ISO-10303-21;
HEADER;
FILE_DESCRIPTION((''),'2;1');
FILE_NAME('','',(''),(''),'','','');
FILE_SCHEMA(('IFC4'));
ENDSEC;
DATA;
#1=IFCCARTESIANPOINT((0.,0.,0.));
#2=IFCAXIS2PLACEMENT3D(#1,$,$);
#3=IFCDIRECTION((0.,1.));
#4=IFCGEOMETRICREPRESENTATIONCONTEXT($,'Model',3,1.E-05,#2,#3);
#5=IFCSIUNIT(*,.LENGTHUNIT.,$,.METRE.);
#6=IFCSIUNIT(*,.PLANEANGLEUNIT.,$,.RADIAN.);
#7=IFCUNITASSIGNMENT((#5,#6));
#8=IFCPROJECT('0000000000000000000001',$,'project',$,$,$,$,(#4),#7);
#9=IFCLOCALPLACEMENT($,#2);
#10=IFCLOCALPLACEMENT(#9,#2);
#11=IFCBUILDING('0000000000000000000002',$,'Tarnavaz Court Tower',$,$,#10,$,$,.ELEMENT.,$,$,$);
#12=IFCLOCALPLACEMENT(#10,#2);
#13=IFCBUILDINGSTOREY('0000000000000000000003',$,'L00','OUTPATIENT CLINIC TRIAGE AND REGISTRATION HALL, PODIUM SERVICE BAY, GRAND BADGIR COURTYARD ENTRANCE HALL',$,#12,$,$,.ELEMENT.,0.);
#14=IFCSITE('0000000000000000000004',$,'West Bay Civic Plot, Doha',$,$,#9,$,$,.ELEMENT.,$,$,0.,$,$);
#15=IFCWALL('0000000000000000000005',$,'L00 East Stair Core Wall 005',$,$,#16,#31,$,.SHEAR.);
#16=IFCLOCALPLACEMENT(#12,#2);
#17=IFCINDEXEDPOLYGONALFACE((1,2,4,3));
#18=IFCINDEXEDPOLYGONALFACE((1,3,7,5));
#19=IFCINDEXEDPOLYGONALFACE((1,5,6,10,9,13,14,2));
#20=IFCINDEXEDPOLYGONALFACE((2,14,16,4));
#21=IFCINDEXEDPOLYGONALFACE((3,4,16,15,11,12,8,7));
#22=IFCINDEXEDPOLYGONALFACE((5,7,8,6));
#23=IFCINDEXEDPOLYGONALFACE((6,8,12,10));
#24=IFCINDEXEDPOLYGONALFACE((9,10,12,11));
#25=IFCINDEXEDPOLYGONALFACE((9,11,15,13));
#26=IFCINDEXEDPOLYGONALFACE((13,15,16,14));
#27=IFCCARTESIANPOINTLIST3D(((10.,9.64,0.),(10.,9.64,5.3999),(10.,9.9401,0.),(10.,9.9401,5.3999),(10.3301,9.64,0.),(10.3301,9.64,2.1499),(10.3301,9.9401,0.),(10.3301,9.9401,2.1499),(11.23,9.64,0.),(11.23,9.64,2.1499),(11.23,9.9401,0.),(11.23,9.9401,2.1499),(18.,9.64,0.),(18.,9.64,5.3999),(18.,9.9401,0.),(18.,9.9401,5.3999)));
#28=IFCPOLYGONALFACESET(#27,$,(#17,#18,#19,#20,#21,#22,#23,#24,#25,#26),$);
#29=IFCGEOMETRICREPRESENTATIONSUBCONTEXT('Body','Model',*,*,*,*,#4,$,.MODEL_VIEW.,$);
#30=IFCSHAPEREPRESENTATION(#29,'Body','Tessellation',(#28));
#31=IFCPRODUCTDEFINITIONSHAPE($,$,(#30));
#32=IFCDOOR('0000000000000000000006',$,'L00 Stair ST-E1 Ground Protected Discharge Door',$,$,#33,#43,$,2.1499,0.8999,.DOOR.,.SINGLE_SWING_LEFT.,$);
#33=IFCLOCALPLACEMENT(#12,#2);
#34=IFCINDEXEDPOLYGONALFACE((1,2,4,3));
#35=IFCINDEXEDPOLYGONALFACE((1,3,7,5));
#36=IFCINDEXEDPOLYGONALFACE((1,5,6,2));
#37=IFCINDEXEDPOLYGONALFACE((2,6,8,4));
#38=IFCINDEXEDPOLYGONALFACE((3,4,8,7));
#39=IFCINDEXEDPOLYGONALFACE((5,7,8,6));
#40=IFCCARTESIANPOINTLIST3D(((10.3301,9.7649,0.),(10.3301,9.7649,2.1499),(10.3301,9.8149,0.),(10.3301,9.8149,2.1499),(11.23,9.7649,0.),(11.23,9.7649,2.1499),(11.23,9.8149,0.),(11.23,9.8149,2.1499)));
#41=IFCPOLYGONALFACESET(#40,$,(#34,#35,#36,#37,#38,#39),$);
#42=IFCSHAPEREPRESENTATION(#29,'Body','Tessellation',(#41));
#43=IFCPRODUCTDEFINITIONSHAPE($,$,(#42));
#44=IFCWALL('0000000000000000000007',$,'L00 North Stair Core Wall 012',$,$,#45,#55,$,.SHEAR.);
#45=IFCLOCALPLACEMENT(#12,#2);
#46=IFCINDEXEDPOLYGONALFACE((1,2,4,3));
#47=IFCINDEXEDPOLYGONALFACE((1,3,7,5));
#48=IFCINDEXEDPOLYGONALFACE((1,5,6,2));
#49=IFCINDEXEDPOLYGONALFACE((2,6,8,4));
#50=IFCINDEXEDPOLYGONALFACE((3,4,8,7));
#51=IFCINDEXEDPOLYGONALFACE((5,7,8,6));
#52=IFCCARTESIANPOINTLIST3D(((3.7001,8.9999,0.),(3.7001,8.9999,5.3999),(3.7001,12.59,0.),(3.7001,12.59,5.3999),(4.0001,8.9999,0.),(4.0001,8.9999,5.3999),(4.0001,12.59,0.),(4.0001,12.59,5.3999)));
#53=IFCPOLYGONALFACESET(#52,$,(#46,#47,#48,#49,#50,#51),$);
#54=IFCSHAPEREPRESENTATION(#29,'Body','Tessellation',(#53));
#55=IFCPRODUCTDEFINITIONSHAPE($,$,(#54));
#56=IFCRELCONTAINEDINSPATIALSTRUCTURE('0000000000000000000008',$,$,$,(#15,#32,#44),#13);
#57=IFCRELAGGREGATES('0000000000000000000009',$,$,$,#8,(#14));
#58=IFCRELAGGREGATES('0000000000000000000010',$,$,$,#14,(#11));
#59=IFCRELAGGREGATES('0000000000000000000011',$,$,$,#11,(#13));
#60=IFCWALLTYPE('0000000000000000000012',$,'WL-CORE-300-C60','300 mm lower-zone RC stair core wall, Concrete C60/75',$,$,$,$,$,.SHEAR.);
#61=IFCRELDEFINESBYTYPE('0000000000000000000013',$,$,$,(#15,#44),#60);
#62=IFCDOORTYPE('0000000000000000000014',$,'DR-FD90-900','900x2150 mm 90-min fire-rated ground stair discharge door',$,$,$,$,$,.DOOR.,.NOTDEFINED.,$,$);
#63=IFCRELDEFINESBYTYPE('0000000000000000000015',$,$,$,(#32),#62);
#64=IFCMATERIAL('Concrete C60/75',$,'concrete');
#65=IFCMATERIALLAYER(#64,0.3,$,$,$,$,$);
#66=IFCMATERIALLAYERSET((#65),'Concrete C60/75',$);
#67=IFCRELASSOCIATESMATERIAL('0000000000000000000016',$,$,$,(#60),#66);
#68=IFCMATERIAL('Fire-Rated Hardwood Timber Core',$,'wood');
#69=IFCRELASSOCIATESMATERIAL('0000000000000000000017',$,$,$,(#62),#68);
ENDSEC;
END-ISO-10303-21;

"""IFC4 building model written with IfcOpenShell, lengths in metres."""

from ifc_helpers import new_model, si_unit, direction, frame, frame_2d, origin, place, context, subcontext, project, spatial, rectangle, extrude, material, layer, layer_set, type_object, element, fill, save


model = new_model("IFC4")

# Units and contexts
model_context = context("Model", 3, precision=1e-05, world=origin(), true_north=direction((0.0, 1.0)))
body_context = subcontext(model_context, "Body", "Model", "MODEL_VIEW")
ifc_project = project(units=[si_unit("LENGTHUNIT", "METRE"), si_unit("PLANEANGLEUNIT", "RADIAN")], contexts=[model_context])

# Site, building, storey
site_placement = place(None, origin())
site = spatial("IfcSite", under=ifc_project, at=site_placement, Name="West Bay Civic Plot, Doha", CompositionType="ELEMENT", RefElevation=0.0)
building_placement = place(site_placement, origin())
building = spatial("IfcBuilding", under=site, at=building_placement, Name="Tarnavaz Court Tower", CompositionType="ELEMENT")
storey_placement = place(building_placement, origin())
storey = spatial("IfcBuildingStorey", under=building, at=storey_placement, Name="L00", Description="OUTPATIENT CLINIC TRIAGE AND REGISTRATION HALL, PODIUM SERVICE BAY, GRAND BADGIR COURTYARD ENTRANCE HALL", CompositionType="ELEMENT", Elevation=0.0)

# Shared definitions
ifc_material_1 = material(Name="Concrete C60/75", Category="concrete")

# Wall, opening, door
ifc_layer_1 = layer(ifc_material_1, 0.3)
ifc_layer_set_1 = layer_set([ifc_layer_1], Name="Concrete C60/75")
wall_type_1 = type_object("IfcWallType", Name="WL-CORE-300-C60", Description="300 mm lower-zone RC stair core wall, Concrete C60/75", PredefinedType="SHEAR", material=ifc_layer_set_1)
wall_1_placement = place(storey_placement, frame((10.0, 9.79, 0.0), z_axis=(0.0, 0.0, 1.0), x_axis=(1.0, 0.0, 0.0)))
wall_1 = element("IfcWall", 1, at=wall_1_placement, inside=storey, type_object=wall_type_1, Name="L00 East Stair Core Wall 005", PredefinedType="SHEAR", context=body_context, shape_type="SweptSolid", body=[
    extrude(rectangle(XDim=8.0, YDim=0.3, at=frame_2d((4.0, 0.0))), origin(), (0.0, 0.0, 1.0), 5.3999),
])
opening_1_placement = place(wall_1_placement, frame((0.3301, 0.0, 0.0)))
opening_1 = element("IfcOpeningElement", 2, at=opening_1_placement, cuts=wall_1, PredefinedType="OPENING", context=body_context, shape_type="SweptSolid", body=[
    extrude(rectangle(XDim=0.8999, YDim=2.1499, at=frame_2d((0.45, 1.075))), frame((0.0, 0.1599, 0.0), z_axis=(0.0, -1.0, 0.0), x_axis=(1.0, 0.0, 0.0)), (0.0, 0.0, 1.0), 0.3201),
])
ifc_material_2 = material(Name="Fire-Rated Hardwood Timber Core", Category="wood")
door_type_1 = type_object("IfcDoorType", Name="DR-FD90-900", Description="900x2150 mm 90-min fire-rated ground stair discharge door", OperationType="NOTDEFINED", PredefinedType="DOOR", material=ifc_material_2)
door_1_placement = place(opening_1_placement, origin())
door_1 = element("IfcDoor", 3, at=door_1_placement, inside=storey, type_object=door_type_1, Name="L00 Stair ST-E1 Ground Protected Discharge Door", OperationType="SINGLE_SWING_LEFT", OverallHeight=2.1499, OverallWidth=0.8999, PredefinedType="DOOR", context=body_context, shape_type="SweptSolid", body=[
    extrude(rectangle(XDim=0.8999, YDim=2.1499, at=frame_2d((0.45, 1.075))), frame((0.0, 0.0249, 0.0), z_axis=(0.0, -1.0, 0.0), x_axis=(1.0, 0.0, 0.0)), (0.0, 0.0, 1.0), 0.05),
])
fill(opening_1, door_1)

# Wall
wall_2_placement = place(storey_placement, frame((3.8501, 9.0, 0.0), z_axis=(0.0, 0.0, 1.0), x_axis=(0.0, 1.0, 0.0)))
element("IfcWall", 4, at=wall_2_placement, inside=storey, type_object=wall_type_1, Name="L00 North Stair Core Wall 012", PredefinedType="SHEAR", context=body_context, shape_type="SweptSolid", body=[
    extrude(rectangle(XDim=3.5901, YDim=0.3, at=frame_2d((1.7949, 0.0))), origin(), (0.0, 0.0, 1.0), 5.3999),
])

save(model, "model.ifc")
